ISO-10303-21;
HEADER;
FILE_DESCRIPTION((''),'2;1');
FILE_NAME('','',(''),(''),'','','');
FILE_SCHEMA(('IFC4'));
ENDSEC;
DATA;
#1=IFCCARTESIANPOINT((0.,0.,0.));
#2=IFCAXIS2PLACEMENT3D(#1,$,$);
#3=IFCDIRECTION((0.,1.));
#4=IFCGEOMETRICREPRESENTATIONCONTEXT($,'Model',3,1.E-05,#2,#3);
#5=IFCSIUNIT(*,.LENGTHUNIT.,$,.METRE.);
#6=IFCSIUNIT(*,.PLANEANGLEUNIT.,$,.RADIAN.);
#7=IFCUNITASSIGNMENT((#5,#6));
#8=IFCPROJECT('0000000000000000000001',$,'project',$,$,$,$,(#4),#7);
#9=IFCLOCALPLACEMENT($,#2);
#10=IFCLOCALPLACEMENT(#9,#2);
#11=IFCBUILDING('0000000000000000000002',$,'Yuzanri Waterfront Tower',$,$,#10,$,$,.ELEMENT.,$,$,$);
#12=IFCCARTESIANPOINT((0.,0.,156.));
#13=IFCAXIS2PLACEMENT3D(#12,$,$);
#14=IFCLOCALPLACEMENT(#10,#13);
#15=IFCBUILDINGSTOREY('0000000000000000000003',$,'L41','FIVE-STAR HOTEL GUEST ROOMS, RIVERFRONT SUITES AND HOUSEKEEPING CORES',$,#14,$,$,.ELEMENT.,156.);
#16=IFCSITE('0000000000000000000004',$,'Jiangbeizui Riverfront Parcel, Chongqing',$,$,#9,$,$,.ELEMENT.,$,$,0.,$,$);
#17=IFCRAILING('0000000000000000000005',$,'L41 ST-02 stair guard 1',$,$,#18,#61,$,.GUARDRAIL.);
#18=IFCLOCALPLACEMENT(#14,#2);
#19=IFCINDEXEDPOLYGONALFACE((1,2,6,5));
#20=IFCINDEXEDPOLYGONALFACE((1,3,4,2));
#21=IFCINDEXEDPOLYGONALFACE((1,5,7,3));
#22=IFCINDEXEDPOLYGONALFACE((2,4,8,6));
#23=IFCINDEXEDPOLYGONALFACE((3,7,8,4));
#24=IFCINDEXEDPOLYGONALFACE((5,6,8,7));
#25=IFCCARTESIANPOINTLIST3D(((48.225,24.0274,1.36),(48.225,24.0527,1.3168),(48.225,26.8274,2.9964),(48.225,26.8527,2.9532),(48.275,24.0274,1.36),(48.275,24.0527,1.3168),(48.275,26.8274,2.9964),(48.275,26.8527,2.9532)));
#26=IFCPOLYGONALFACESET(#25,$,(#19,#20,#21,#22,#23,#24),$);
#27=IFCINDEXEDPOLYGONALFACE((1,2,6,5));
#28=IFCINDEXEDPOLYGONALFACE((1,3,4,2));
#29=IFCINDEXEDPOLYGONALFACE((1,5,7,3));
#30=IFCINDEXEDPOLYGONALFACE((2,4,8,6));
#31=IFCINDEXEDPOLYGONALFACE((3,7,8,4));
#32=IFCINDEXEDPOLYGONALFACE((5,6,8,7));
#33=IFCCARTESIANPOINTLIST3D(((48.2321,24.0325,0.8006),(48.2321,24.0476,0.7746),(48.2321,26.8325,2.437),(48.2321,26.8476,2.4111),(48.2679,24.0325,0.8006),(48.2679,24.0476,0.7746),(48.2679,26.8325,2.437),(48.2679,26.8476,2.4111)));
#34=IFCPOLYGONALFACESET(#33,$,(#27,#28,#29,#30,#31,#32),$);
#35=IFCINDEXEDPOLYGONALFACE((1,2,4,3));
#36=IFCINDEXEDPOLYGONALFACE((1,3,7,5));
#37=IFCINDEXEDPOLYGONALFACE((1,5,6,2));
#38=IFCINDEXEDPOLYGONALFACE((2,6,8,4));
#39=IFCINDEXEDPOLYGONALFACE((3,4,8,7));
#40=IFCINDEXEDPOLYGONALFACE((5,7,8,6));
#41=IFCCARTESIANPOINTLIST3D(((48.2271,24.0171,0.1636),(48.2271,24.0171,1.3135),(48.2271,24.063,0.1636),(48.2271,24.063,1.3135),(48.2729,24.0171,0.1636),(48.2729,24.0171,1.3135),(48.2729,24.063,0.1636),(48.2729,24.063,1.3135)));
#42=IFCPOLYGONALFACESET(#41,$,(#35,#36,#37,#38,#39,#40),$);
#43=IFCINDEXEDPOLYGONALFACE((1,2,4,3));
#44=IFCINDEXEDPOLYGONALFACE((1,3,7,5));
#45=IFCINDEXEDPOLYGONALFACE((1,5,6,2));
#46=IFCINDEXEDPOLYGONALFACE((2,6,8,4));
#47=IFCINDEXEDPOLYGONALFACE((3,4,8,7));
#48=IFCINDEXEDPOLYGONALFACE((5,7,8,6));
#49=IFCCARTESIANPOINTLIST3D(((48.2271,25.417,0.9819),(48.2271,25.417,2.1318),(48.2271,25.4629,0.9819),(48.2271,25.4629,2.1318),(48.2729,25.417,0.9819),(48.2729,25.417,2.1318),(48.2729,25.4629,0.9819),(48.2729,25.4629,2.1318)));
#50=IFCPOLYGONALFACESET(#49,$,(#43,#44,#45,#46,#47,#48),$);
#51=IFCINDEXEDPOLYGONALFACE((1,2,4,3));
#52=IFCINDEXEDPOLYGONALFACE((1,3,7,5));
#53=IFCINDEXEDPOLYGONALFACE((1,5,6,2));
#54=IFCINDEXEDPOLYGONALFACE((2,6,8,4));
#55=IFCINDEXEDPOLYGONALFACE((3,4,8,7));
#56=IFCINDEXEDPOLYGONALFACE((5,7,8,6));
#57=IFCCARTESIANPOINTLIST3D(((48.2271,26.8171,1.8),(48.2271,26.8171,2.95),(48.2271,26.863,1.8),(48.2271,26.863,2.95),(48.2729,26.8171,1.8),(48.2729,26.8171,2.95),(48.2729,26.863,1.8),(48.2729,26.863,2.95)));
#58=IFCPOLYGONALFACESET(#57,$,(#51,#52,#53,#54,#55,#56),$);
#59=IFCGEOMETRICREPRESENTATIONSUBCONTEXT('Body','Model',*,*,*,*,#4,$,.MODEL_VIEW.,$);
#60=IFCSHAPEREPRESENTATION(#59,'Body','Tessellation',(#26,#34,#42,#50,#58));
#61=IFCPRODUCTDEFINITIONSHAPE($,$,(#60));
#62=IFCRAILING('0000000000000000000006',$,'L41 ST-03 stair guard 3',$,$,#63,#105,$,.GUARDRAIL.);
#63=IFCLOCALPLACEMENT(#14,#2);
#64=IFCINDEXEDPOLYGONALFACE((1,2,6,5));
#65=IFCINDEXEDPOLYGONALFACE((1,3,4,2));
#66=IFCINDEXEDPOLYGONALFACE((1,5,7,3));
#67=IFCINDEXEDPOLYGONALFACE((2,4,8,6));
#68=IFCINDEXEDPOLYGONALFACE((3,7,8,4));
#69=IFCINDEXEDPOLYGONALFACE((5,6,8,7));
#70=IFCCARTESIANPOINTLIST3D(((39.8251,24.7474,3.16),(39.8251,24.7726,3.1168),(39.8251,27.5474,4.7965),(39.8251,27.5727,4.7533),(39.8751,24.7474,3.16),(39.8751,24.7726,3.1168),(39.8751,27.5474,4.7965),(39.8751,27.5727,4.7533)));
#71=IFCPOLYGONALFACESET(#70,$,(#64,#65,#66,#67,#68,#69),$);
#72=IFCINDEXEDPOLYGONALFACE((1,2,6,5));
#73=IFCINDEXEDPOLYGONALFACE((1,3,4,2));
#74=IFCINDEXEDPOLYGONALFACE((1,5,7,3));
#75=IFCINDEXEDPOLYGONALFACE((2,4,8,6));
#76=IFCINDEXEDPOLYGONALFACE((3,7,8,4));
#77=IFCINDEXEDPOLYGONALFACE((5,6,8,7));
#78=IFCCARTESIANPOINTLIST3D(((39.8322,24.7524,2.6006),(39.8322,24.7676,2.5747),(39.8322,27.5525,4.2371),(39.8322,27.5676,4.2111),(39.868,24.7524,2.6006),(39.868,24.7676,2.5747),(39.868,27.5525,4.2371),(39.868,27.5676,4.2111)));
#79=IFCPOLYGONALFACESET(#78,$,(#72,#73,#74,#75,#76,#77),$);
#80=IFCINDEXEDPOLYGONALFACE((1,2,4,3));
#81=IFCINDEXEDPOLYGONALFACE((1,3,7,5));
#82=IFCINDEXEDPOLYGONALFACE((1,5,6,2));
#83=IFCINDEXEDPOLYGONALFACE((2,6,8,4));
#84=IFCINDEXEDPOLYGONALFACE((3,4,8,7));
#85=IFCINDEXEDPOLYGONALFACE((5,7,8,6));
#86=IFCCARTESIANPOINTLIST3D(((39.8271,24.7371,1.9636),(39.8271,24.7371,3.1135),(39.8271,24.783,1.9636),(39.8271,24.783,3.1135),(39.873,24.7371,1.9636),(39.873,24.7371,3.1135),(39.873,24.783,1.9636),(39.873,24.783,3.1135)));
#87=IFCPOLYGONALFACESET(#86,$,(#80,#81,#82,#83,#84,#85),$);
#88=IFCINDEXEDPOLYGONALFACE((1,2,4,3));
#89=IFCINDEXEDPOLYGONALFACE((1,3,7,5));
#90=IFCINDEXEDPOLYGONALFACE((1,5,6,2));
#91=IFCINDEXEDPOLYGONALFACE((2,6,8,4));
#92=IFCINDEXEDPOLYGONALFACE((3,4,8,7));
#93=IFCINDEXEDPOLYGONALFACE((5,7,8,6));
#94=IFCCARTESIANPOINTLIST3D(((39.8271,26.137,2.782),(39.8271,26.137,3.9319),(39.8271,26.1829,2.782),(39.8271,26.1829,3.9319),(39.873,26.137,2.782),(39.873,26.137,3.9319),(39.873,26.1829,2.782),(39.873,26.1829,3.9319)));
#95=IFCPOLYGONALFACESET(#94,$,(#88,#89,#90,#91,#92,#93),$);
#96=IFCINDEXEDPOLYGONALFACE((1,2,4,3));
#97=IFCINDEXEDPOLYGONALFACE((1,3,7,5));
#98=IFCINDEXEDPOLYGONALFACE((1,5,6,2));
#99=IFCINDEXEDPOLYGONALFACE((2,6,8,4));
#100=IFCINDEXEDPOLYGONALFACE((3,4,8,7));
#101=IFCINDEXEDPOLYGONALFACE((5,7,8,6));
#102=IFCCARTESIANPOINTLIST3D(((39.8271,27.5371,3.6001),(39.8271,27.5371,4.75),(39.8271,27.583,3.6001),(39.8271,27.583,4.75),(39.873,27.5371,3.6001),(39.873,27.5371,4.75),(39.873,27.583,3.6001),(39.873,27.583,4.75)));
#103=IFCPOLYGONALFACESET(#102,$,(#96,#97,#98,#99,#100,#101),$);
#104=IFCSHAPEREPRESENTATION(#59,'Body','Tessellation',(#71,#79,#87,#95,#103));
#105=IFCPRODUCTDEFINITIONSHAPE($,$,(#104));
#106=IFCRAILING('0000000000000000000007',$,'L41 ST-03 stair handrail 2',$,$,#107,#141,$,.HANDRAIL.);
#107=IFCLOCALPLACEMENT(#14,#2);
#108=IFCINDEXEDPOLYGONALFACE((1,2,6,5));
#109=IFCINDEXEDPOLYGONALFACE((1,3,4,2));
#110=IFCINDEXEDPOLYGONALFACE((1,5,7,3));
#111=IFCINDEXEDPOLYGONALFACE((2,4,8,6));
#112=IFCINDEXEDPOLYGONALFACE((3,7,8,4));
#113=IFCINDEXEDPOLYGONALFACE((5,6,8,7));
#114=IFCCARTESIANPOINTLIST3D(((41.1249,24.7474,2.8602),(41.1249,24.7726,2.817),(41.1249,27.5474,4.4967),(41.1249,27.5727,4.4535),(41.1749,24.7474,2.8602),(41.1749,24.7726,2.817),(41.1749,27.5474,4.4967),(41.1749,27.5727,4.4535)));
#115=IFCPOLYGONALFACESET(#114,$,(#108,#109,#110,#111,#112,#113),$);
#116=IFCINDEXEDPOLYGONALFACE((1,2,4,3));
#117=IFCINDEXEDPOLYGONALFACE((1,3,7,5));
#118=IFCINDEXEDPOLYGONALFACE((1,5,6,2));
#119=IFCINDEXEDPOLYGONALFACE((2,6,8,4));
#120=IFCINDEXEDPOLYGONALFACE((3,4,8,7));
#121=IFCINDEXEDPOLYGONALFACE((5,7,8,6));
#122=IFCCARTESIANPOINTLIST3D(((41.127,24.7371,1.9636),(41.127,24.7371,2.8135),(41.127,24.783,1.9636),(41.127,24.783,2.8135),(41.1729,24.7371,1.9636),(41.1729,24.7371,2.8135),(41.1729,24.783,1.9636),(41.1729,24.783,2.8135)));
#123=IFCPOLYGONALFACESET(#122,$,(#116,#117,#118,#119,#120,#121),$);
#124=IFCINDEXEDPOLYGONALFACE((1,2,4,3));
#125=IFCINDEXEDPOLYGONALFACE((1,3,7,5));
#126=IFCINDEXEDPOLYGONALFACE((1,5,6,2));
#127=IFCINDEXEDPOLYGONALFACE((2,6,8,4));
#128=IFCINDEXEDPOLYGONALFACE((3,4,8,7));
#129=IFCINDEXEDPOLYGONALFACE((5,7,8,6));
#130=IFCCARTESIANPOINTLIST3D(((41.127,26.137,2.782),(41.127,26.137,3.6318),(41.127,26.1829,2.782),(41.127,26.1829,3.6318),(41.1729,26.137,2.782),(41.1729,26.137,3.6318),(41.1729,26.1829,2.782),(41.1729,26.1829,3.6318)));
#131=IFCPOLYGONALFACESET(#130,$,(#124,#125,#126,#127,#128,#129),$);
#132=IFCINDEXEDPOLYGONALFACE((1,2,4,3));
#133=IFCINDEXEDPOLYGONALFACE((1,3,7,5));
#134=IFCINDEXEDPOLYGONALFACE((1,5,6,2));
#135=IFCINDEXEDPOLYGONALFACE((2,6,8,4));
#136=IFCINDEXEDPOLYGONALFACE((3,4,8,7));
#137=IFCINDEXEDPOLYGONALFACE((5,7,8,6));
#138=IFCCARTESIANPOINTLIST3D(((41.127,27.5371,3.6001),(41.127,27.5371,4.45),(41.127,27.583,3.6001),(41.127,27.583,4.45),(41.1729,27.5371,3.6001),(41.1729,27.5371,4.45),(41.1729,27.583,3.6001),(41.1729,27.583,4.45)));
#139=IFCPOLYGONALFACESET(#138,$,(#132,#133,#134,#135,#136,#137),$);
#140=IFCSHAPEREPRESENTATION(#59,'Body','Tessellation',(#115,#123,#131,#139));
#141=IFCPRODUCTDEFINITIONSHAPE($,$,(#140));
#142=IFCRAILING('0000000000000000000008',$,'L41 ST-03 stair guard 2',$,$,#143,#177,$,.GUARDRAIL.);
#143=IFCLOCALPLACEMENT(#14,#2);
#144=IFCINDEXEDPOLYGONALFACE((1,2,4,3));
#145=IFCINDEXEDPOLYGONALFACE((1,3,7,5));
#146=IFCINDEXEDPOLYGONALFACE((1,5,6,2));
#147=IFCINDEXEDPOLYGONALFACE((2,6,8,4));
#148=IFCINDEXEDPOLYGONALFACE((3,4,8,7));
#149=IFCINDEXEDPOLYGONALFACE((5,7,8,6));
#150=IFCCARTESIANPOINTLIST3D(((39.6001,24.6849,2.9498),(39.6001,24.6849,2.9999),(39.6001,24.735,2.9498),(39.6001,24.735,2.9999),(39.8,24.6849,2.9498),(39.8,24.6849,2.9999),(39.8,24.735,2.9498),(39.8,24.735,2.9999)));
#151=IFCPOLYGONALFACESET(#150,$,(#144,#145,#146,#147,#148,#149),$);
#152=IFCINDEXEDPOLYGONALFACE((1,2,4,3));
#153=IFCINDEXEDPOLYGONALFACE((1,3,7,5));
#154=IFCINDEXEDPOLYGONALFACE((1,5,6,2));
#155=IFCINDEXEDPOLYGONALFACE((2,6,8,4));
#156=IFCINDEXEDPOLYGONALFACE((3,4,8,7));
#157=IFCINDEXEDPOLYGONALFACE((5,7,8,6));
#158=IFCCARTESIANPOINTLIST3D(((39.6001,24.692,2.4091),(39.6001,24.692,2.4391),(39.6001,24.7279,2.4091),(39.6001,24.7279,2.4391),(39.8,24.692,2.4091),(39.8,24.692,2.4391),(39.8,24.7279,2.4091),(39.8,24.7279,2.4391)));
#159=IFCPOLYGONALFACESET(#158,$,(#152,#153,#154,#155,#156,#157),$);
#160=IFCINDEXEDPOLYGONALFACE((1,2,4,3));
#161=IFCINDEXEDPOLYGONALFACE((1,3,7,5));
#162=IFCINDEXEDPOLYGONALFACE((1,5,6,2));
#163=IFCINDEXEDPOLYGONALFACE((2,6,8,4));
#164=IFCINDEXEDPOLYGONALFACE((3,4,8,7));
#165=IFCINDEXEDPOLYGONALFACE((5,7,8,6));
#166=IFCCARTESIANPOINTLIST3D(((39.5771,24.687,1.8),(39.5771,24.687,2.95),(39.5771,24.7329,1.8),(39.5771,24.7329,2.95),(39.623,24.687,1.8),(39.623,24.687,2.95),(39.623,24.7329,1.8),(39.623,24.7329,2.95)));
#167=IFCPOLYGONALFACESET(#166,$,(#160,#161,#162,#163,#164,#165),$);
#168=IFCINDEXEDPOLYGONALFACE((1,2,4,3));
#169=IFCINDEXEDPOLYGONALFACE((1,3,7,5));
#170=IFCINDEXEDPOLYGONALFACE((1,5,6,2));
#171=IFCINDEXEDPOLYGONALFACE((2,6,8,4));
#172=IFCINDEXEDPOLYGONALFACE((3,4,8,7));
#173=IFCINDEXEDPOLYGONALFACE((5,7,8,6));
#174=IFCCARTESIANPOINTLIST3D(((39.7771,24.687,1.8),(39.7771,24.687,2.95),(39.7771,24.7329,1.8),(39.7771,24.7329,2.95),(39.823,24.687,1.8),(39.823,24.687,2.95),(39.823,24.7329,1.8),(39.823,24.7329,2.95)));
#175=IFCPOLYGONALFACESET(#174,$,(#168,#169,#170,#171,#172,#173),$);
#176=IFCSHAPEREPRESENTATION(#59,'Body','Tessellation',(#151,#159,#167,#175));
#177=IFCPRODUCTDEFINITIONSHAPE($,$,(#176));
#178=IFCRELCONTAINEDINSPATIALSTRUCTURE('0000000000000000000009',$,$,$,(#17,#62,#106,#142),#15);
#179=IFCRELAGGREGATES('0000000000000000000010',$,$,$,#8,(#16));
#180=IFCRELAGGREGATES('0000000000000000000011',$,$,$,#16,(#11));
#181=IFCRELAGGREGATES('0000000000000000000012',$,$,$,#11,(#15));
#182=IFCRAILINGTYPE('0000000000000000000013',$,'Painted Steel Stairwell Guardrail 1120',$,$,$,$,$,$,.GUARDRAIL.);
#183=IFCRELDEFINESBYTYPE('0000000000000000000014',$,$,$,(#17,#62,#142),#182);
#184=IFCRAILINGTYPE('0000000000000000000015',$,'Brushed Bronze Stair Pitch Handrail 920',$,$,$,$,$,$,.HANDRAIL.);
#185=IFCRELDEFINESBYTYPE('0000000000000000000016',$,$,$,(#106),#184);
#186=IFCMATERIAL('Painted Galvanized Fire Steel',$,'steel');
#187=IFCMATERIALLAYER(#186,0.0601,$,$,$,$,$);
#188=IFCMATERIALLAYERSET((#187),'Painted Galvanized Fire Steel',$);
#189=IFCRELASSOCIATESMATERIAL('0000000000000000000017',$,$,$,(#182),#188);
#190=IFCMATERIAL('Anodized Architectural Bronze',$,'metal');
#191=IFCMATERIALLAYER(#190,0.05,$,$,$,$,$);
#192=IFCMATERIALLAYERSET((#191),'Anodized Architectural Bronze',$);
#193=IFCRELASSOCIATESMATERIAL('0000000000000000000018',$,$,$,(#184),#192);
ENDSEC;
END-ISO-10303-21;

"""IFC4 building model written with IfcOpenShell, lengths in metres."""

from ifc_helpers import new_model, si_unit, direction, frame, origin, origin_2d, place, context, subcontext, project, spatial, rectangle, extrude, source, transform, mapped, material, layer, layer_set, type_object, element, save


model = new_model("IFC4")

# Units and contexts
model_context = context("Model", 3, precision=1e-05, world=origin(), true_north=direction((0.0, 1.0)))
body_context = subcontext(model_context, "Body", "Model", "MODEL_VIEW")
ifc_project = project(units=[si_unit("LENGTHUNIT", "METRE"), si_unit("PLANEANGLEUNIT", "RADIAN")], contexts=[model_context])

# Site, building, storey
site_placement = place(None, origin())
site = spatial("IfcSite", under=ifc_project, at=site_placement, Name="Jiangbeizui Riverfront Parcel, Chongqing", CompositionType="ELEMENT", RefElevation=0.0)
building_placement = place(site_placement, origin())
building = spatial("IfcBuilding", under=site, at=building_placement, Name="Yuzanri Waterfront Tower", CompositionType="ELEMENT")
storey_placement = place(building_placement, frame((0.0, 0.0, 156.0)))
storey = spatial("IfcBuildingStorey", under=building, at=storey_placement, Name="L41", Description="FIVE-STAR HOTEL GUEST ROOMS, RIVERFRONT SUITES AND HOUSEKEEPING CORES", CompositionType="ELEMENT", Elevation=156.0)

# Railings
ifc_material_1 = material(Name="Painted Galvanized Fire Steel", Category="steel")
ifc_layer_1 = layer(ifc_material_1, 0.0601)
ifc_layer_set_1 = layer_set([ifc_layer_1], Name="Painted Galvanized Fire Steel")
railing_type_1 = type_object("IfcRailingType", Name="Painted Steel Stairwell Guardrail 1120", PredefinedType="GUARDRAIL", material=ifc_layer_set_1)
shared_shape_1 = source(origin(), body_context, "Body", "SweptSolid", [
    extrude(rectangle(XDim=0.05, YDim=0.05, at=origin_2d()), frame((0.0, 0.0, 1.1748), z_axis=(0.0, 0.863361, 0.504587), x_axis=(-1.0, 0.0, 0.0)), (0.0, 0.0, 1.0), 3.2432),
    extrude(rectangle(XDim=0.0359, YDim=0.03, at=origin_2d()), frame((0.0, 0.0, 0.624), z_axis=(0.0, 0.863361, 0.504587), x_axis=(-1.0, 0.0, 0.0)), (0.0, 0.0, 1.0), 3.2432),
    extrude(rectangle(XDim=0.0459, YDim=0.0459, at=origin_2d()), origin(), (0.0, 0.0, 1.0), 1.1499),
    extrude(rectangle(XDim=0.0459, YDim=0.0459, at=origin_2d()), frame((0.0, 1.3999, 0.8184)), (0.0, 0.0, 1.0), 1.1499),
    extrude(rectangle(XDim=0.0459, YDim=0.0459, at=origin_2d()), frame((0.0, 2.8, 1.6365)), (0.0, 0.0, 1.0), 1.1499),
])
for number, where, name in (
    (1, (48.25, 24.04, 0.1636), "L41 ST-02 stair guard 1"),
    (2, (39.8501, 24.76, 1.9636), "L41 ST-03 stair guard 3"),
):
    element("IfcRailing", number, at=place(storey_placement, frame(where)), inside=storey, type_object=railing_type_1, Name=name, PredefinedType="GUARDRAIL", context=body_context, shape_type="MappedRepresentation", body=[
        mapped(shared_shape_1, transform((0.0, 0.0, 0.0), scale=1.0)),
    ])
ifc_material_2 = material(Name="Anodized Architectural Bronze", Category="metal")
ifc_layer_2 = layer(ifc_material_2, 0.05)
ifc_layer_set_2 = layer_set([ifc_layer_2], Name="Anodized Architectural Bronze")
railing_type_2 = type_object("IfcRailingType", Name="Brushed Bronze Stair Pitch Handrail 920", PredefinedType="HANDRAIL", material=ifc_layer_set_2)
shared_shape_2 = source(origin(), body_context, "Body", "SweptSolid", [
    extrude(rectangle(XDim=0.05, YDim=0.05, at=origin_2d()), frame((0.0, 0.0, 0.875), z_axis=(0.0, 0.863361, 0.504587), x_axis=(-1.0, 0.0, 0.0)), (0.0, 0.0, 1.0), 3.2432),
    extrude(rectangle(XDim=0.0459, YDim=0.0459, at=origin_2d()), origin(), (0.0, 0.0, 1.0), 0.8499),
    extrude(rectangle(XDim=0.0459, YDim=0.0459, at=origin_2d()), frame((0.0, 1.3999, 0.8184)), (0.0, 0.0, 1.0), 0.8499),
    extrude(rectangle(XDim=0.0459, YDim=0.0459, at=origin_2d()), frame((0.0, 2.8, 1.6365)), (0.0, 0.0, 1.0), 0.8499),
])
railing_1_placement = place(storey_placement, frame((41.1499, 24.76, 1.9636)))
element("IfcRailing", 3, at=railing_1_placement, inside=storey, type_object=railing_type_2, Name="L41 ST-03 stair handrail 2", PredefinedType="HANDRAIL", context=body_context, shape_type="MappedRepresentation", body=[
    mapped(shared_shape_2, transform((0.0, 0.0, 0.0), scale=1.0)),
])
shared_shape_3 = source(origin(), body_context, "Body", "SweptSolid", [
    extrude(rectangle(XDim=0.05, YDim=0.05, at=origin_2d()), frame((0.0, 0.0, 1.1748), z_axis=(1.0, 0.0, 0.0), x_axis=(0.0, 1.0, 0.0)), (0.0, 0.0, 1.0), 0.2),
    extrude(rectangle(XDim=0.0359, YDim=0.03, at=origin_2d()), frame((0.0, 0.0, 0.624), z_axis=(1.0, 0.0, 0.0), x_axis=(0.0, 1.0, 0.0)), (0.0, 0.0, 1.0), 0.2),
    extrude(rectangle(XDim=0.0459, YDim=0.0459, at=origin_2d()), origin(), (0.0, 0.0, 1.0), 1.1499),
    extrude(rectangle(XDim=0.0459, YDim=0.0459, at=origin_2d()), frame((0.2, 0.0, 0.0)), (0.0, 0.0, 1.0), 1.1499),
])
railing_2_placement = place(storey_placement, frame((39.6001, 24.71, 1.8)))
element("IfcRailing", 4, at=railing_2_placement, inside=storey, type_object=railing_type_1, Name="L41 ST-03 stair guard 2", PredefinedType="GUARDRAIL", context=body_context, shape_type="MappedRepresentation", body=[
    mapped(shared_shape_3, transform((0.0, 0.0, 0.0), scale=1.0)),
])

save(model, "model.ifc")
